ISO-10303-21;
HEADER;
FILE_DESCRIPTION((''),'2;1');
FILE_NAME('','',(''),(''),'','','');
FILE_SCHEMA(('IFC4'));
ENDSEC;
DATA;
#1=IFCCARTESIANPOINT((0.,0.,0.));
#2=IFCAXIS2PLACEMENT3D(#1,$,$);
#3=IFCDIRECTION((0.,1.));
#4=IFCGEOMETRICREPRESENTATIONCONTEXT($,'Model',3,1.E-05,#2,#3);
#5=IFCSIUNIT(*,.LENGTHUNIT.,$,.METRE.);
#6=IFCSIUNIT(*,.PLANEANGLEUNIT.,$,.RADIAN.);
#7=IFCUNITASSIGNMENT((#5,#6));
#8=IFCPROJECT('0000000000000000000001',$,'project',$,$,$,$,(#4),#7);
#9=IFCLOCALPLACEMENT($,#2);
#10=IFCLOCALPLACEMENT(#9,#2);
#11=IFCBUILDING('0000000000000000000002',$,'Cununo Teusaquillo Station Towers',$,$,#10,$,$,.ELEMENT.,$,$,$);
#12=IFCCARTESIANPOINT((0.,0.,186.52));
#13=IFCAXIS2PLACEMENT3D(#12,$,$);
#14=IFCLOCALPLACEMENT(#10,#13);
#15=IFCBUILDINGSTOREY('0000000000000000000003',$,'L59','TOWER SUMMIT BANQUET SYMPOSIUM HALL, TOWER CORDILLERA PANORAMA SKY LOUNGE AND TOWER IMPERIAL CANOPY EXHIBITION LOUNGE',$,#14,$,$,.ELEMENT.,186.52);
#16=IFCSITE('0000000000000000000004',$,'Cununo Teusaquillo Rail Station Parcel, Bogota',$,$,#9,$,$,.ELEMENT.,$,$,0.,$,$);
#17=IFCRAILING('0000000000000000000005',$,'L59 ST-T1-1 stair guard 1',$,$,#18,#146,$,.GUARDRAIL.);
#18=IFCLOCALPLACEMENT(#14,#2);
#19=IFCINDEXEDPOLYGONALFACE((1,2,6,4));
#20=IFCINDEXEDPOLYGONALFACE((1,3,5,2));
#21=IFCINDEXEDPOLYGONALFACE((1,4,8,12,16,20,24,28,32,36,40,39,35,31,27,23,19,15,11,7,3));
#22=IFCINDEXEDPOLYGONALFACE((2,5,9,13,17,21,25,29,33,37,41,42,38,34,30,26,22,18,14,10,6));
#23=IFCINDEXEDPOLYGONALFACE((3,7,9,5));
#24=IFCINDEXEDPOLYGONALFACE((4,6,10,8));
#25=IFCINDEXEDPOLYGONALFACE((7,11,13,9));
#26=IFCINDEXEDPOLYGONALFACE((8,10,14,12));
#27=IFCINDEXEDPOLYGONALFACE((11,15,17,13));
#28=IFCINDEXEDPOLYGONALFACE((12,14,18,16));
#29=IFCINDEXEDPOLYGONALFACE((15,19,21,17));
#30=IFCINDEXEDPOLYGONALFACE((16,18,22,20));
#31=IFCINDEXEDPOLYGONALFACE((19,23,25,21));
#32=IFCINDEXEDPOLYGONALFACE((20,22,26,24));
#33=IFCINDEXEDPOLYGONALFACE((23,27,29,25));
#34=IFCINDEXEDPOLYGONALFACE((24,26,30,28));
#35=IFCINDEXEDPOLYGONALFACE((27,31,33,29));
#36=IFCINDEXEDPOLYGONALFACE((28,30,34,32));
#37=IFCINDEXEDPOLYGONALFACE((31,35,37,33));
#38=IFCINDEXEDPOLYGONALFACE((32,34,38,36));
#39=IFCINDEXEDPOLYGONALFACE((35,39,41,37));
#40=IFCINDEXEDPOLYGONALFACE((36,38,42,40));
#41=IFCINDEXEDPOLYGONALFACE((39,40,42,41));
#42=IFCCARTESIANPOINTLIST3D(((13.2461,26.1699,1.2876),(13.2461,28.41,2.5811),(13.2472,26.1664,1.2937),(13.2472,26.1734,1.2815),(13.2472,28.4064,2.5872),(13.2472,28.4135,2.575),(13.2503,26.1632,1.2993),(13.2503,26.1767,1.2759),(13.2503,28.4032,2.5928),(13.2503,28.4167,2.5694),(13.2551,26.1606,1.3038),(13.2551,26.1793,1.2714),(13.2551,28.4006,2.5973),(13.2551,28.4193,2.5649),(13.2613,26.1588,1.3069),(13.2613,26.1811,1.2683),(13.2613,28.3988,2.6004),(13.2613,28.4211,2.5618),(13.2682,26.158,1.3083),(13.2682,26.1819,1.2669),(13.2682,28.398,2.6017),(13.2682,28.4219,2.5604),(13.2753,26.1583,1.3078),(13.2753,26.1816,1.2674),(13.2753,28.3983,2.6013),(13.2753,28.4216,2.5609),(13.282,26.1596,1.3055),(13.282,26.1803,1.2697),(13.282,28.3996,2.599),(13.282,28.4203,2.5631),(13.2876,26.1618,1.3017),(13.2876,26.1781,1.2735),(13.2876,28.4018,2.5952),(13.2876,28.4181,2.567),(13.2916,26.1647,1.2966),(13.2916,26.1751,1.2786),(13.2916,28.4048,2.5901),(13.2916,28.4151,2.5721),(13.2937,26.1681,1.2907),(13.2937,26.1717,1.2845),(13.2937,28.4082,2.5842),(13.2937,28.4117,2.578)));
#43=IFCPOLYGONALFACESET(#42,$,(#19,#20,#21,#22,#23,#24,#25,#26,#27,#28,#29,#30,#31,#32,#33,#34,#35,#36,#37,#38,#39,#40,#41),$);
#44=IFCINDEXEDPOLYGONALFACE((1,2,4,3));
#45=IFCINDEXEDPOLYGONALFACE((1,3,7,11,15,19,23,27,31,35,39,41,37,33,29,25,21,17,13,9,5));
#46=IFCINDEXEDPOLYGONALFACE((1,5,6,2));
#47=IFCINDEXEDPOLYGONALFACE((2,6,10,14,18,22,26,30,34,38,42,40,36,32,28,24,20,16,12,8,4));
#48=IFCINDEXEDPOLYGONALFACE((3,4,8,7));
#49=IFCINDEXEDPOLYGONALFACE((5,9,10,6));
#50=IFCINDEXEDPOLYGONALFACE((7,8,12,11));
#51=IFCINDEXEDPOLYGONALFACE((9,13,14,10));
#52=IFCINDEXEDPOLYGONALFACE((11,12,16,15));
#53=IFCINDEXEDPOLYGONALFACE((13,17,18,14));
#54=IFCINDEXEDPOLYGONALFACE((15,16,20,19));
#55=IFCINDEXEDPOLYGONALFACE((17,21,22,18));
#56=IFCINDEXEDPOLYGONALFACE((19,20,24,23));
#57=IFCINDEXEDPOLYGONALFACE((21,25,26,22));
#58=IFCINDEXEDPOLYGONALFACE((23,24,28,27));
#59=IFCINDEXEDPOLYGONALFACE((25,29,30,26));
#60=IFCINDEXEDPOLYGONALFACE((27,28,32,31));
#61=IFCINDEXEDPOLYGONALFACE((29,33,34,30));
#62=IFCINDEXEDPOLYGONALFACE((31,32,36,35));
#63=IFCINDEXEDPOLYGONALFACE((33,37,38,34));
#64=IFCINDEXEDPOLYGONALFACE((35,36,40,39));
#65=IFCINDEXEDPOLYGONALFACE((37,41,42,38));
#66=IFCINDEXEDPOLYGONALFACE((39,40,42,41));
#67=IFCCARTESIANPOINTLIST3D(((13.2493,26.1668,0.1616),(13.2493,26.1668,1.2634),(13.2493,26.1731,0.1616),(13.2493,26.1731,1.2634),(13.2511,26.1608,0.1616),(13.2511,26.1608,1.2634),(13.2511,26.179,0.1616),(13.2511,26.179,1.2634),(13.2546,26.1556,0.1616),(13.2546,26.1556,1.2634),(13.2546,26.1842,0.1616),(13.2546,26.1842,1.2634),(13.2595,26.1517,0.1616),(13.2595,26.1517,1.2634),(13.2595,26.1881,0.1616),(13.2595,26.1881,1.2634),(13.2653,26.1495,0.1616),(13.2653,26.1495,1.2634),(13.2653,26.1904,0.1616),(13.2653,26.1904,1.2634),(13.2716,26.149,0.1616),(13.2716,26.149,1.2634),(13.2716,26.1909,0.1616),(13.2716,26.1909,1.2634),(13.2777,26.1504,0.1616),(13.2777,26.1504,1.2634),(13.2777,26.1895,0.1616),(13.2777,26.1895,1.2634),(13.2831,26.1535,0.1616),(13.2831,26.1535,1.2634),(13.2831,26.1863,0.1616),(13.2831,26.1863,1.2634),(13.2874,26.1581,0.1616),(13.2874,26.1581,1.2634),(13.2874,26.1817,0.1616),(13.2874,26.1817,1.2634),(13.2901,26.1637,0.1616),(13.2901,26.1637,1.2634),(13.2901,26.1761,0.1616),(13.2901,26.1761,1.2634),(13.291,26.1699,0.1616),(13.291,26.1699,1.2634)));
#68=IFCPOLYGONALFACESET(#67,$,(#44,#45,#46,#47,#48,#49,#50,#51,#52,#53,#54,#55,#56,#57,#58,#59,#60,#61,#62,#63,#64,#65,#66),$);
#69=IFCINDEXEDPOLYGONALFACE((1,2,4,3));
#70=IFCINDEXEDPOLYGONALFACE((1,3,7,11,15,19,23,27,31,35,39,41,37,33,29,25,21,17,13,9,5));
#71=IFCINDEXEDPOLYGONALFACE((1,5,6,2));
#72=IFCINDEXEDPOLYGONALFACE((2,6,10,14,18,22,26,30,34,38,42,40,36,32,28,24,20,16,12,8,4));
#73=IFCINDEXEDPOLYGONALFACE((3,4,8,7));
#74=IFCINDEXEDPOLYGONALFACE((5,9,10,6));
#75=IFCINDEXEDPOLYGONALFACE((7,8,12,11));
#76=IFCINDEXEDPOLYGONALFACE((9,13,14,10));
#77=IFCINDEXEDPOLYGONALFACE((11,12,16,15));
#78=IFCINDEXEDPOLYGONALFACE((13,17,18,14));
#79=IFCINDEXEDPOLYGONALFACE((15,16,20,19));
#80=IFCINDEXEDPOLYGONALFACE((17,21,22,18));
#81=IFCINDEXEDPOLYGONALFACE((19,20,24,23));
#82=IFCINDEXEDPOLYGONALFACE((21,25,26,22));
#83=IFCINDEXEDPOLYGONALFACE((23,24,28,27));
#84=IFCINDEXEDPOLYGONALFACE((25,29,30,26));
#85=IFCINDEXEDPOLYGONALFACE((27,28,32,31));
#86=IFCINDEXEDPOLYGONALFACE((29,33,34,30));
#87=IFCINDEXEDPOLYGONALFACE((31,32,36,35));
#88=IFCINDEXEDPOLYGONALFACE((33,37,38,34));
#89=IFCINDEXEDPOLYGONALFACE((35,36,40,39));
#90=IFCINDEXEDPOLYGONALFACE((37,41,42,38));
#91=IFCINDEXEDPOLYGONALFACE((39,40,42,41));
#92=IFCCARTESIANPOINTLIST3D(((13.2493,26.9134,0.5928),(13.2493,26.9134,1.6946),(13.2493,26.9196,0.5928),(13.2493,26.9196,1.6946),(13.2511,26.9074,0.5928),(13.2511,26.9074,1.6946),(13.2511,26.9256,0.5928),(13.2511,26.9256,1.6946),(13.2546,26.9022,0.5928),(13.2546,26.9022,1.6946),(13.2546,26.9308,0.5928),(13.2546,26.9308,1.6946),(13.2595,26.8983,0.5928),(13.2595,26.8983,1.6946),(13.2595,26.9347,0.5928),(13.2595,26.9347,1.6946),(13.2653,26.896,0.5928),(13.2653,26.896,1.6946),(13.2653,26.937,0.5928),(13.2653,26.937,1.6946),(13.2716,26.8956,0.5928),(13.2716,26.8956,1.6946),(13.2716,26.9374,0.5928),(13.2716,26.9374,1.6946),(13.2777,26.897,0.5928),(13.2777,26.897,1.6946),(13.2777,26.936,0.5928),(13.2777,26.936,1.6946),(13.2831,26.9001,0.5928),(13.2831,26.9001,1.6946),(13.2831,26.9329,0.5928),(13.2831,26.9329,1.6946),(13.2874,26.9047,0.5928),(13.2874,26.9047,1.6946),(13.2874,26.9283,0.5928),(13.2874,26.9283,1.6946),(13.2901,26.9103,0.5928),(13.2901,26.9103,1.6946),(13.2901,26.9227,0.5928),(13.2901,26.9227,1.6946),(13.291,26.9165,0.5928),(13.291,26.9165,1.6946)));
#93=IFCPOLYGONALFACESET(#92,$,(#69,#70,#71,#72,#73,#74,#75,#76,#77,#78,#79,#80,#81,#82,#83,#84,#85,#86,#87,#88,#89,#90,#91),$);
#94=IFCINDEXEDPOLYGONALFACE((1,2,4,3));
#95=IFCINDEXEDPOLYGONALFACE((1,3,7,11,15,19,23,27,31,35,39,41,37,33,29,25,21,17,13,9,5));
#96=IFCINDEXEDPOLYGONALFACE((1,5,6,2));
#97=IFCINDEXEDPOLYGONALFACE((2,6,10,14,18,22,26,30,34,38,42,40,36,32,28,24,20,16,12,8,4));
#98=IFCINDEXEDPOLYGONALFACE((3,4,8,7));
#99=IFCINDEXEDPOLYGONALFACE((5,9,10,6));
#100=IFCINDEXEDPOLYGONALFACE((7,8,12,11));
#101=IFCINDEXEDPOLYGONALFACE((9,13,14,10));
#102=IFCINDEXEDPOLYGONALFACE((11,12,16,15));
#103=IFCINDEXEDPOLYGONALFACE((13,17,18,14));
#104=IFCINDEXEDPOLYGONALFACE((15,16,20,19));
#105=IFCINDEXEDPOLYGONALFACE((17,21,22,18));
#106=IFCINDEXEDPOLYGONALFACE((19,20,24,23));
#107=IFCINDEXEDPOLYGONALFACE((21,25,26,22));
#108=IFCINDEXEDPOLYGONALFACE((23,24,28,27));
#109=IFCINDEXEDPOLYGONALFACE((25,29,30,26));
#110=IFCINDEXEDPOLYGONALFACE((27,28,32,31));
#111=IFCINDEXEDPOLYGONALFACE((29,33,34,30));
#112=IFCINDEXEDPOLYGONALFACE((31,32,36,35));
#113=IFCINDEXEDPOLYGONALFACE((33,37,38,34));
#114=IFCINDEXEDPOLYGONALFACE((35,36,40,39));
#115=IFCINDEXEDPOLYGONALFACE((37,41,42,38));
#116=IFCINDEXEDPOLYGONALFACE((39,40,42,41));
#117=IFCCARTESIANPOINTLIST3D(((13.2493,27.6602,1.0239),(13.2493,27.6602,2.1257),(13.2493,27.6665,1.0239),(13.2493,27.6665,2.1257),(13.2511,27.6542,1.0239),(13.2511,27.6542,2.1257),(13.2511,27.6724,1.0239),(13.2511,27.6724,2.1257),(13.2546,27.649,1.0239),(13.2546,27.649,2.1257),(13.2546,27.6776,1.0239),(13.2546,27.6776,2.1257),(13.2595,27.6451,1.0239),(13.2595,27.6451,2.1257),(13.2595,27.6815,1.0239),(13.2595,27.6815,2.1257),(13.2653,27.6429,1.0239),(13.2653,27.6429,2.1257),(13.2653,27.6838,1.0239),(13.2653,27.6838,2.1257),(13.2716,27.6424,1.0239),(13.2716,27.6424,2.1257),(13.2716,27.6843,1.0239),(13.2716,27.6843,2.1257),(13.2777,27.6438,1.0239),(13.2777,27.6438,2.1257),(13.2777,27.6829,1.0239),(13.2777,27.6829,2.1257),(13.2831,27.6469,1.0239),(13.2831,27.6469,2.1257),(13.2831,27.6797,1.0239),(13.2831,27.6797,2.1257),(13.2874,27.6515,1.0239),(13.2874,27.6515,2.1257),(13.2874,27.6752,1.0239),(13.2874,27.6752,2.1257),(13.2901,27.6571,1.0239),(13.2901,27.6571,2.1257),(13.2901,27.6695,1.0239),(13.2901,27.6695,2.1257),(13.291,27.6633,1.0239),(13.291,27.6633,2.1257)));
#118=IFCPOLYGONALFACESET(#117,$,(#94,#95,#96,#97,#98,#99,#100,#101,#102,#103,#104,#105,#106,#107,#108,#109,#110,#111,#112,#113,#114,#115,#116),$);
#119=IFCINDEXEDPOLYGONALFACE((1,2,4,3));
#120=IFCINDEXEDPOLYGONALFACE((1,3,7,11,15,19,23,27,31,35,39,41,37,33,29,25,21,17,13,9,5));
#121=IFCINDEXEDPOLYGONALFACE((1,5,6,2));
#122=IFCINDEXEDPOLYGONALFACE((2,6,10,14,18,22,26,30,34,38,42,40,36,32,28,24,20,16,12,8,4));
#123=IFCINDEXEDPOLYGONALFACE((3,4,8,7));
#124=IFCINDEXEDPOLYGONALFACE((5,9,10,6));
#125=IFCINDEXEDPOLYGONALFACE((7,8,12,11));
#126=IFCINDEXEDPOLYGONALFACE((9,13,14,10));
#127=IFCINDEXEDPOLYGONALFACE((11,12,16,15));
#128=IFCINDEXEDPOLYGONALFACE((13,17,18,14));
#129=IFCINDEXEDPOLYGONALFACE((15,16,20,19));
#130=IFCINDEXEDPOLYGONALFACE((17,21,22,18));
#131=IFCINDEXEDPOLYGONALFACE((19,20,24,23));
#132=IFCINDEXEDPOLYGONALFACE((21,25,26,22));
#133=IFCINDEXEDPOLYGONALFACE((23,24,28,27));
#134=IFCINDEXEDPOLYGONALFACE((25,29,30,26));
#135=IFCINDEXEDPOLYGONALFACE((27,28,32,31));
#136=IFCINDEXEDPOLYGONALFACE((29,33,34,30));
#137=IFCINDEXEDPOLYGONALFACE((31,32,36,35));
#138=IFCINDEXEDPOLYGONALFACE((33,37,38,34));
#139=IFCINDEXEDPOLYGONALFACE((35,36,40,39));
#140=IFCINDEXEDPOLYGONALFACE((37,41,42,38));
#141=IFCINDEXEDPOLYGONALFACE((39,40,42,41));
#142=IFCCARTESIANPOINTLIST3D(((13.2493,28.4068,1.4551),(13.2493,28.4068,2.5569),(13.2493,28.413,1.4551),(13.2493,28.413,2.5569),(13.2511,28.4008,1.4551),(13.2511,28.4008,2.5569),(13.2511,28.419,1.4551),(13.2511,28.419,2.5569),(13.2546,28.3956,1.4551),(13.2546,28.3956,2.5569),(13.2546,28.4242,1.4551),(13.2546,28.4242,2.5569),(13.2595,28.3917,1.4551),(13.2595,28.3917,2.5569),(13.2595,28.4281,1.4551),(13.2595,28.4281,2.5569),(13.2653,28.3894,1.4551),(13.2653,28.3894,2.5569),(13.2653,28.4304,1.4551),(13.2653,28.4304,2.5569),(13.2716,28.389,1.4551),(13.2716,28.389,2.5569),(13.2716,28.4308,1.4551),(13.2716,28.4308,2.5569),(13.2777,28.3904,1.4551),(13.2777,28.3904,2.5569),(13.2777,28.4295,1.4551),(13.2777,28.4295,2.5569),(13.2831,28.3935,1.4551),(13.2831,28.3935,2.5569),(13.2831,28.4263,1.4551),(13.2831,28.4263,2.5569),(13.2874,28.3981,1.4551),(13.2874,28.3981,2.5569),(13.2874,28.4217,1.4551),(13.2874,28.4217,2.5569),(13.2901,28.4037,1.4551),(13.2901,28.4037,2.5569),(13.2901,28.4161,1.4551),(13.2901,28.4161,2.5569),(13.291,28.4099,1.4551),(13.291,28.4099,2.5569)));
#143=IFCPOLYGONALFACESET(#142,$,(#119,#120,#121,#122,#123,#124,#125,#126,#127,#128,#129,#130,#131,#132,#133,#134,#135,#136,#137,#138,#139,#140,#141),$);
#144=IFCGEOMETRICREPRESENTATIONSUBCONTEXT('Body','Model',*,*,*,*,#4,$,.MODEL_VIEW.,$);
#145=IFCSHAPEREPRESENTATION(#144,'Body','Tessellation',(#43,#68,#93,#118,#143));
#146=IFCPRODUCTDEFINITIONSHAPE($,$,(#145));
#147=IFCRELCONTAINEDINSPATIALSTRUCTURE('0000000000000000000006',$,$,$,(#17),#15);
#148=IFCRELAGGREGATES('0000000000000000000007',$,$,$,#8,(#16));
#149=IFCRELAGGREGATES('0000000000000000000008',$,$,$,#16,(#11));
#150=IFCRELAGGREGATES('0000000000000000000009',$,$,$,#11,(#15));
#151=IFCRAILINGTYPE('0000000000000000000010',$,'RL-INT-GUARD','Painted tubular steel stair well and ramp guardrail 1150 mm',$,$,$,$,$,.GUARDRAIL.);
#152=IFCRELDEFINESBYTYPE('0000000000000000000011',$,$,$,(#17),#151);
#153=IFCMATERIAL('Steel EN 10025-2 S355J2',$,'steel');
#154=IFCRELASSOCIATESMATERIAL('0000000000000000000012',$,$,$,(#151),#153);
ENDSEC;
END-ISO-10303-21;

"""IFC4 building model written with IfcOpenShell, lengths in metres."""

from ifc_helpers import new_model, si_unit, direction, frame, origin, origin_2d, place, context, subcontext, project, spatial, circle, extrude, material, type_object, element, save


model = new_model("IFC4")

# Units and contexts
model_context = context("Model", 3, precision=1e-05, world=origin(), true_north=direction((0.0, 1.0)))
body_context = subcontext(model_context, "Body", "Model", "MODEL_VIEW")
ifc_project = project(units=[si_unit("LENGTHUNIT", "METRE"), si_unit("PLANEANGLEUNIT", "RADIAN")], contexts=[model_context])

# Site, building, storey
site_placement = place(None, origin())
site = spatial("IfcSite", under=ifc_project, at=site_placement, Name="Cununo Teusaquillo Rail Station Parcel, Bogota", CompositionType="ELEMENT", RefElevation=0.0)
building_placement = place(site_placement, origin())
building = spatial("IfcBuilding", under=site, at=building_placement, Name="Cununo Teusaquillo Station Towers", CompositionType="ELEMENT")
storey_placement = place(building_placement, frame((0.0, 0.0, 186.52)))
storey = spatial("IfcBuildingStorey", under=building, at=storey_placement, Name="L59", Description="TOWER SUMMIT BANQUET SYMPOSIUM HALL, TOWER CORDILLERA PANORAMA SKY LOUNGE AND TOWER IMPERIAL CANOPY EXHIBITION LOUNGE", CompositionType="ELEMENT", Elevation=186.52)

# Railing
ifc_material_1 = material(Name="Steel EN 10025-2 S355J2", Category="steel")
railing_type_1 = type_object("IfcRailingType", Name="RL-INT-GUARD", Description="Painted tubular steel stair well and ramp guardrail 1150 mm", PredefinedType="GUARDRAIL", material=ifc_material_1)
railing_1_placement = place(storey_placement, frame((13.27, 26.1699, 0.1616)))
element("IfcRailing", 1, at=railing_1_placement, inside=storey, type_object=railing_type_1, Name="L59 ST-T1-1 stair guard 1", PredefinedType="GUARDRAIL", context=body_context, shape_type="SweptSolid", body=[
    extrude(circle(Radius=0.0239, at=origin_2d()), frame((0.0, 0.0, 1.126), z_axis=(0.0, 0.865992, 0.500057), x_axis=(-1.0, 0.0, 0.0)), (0.0, 0.0, 1.0), 2.5867),
    extrude(circle(Radius=0.021, at=origin_2d()), origin(), (0.0, 0.0, 1.0), 1.1018),
    extrude(circle(Radius=0.021, at=origin_2d()), frame((0.0, 0.7466, 0.4312)), (0.0, 0.0, 1.0), 1.1018),
    extrude(circle(Radius=0.021, at=origin_2d()), frame((0.0, 1.4934, 0.8623)), (0.0, 0.0, 1.0), 1.1018),
    extrude(circle(Radius=0.021, at=origin_2d()), frame((0.0, 2.24, 1.2935)), (0.0, 0.0, 1.0), 1.1018),
])

save(model, "model.ifc")
